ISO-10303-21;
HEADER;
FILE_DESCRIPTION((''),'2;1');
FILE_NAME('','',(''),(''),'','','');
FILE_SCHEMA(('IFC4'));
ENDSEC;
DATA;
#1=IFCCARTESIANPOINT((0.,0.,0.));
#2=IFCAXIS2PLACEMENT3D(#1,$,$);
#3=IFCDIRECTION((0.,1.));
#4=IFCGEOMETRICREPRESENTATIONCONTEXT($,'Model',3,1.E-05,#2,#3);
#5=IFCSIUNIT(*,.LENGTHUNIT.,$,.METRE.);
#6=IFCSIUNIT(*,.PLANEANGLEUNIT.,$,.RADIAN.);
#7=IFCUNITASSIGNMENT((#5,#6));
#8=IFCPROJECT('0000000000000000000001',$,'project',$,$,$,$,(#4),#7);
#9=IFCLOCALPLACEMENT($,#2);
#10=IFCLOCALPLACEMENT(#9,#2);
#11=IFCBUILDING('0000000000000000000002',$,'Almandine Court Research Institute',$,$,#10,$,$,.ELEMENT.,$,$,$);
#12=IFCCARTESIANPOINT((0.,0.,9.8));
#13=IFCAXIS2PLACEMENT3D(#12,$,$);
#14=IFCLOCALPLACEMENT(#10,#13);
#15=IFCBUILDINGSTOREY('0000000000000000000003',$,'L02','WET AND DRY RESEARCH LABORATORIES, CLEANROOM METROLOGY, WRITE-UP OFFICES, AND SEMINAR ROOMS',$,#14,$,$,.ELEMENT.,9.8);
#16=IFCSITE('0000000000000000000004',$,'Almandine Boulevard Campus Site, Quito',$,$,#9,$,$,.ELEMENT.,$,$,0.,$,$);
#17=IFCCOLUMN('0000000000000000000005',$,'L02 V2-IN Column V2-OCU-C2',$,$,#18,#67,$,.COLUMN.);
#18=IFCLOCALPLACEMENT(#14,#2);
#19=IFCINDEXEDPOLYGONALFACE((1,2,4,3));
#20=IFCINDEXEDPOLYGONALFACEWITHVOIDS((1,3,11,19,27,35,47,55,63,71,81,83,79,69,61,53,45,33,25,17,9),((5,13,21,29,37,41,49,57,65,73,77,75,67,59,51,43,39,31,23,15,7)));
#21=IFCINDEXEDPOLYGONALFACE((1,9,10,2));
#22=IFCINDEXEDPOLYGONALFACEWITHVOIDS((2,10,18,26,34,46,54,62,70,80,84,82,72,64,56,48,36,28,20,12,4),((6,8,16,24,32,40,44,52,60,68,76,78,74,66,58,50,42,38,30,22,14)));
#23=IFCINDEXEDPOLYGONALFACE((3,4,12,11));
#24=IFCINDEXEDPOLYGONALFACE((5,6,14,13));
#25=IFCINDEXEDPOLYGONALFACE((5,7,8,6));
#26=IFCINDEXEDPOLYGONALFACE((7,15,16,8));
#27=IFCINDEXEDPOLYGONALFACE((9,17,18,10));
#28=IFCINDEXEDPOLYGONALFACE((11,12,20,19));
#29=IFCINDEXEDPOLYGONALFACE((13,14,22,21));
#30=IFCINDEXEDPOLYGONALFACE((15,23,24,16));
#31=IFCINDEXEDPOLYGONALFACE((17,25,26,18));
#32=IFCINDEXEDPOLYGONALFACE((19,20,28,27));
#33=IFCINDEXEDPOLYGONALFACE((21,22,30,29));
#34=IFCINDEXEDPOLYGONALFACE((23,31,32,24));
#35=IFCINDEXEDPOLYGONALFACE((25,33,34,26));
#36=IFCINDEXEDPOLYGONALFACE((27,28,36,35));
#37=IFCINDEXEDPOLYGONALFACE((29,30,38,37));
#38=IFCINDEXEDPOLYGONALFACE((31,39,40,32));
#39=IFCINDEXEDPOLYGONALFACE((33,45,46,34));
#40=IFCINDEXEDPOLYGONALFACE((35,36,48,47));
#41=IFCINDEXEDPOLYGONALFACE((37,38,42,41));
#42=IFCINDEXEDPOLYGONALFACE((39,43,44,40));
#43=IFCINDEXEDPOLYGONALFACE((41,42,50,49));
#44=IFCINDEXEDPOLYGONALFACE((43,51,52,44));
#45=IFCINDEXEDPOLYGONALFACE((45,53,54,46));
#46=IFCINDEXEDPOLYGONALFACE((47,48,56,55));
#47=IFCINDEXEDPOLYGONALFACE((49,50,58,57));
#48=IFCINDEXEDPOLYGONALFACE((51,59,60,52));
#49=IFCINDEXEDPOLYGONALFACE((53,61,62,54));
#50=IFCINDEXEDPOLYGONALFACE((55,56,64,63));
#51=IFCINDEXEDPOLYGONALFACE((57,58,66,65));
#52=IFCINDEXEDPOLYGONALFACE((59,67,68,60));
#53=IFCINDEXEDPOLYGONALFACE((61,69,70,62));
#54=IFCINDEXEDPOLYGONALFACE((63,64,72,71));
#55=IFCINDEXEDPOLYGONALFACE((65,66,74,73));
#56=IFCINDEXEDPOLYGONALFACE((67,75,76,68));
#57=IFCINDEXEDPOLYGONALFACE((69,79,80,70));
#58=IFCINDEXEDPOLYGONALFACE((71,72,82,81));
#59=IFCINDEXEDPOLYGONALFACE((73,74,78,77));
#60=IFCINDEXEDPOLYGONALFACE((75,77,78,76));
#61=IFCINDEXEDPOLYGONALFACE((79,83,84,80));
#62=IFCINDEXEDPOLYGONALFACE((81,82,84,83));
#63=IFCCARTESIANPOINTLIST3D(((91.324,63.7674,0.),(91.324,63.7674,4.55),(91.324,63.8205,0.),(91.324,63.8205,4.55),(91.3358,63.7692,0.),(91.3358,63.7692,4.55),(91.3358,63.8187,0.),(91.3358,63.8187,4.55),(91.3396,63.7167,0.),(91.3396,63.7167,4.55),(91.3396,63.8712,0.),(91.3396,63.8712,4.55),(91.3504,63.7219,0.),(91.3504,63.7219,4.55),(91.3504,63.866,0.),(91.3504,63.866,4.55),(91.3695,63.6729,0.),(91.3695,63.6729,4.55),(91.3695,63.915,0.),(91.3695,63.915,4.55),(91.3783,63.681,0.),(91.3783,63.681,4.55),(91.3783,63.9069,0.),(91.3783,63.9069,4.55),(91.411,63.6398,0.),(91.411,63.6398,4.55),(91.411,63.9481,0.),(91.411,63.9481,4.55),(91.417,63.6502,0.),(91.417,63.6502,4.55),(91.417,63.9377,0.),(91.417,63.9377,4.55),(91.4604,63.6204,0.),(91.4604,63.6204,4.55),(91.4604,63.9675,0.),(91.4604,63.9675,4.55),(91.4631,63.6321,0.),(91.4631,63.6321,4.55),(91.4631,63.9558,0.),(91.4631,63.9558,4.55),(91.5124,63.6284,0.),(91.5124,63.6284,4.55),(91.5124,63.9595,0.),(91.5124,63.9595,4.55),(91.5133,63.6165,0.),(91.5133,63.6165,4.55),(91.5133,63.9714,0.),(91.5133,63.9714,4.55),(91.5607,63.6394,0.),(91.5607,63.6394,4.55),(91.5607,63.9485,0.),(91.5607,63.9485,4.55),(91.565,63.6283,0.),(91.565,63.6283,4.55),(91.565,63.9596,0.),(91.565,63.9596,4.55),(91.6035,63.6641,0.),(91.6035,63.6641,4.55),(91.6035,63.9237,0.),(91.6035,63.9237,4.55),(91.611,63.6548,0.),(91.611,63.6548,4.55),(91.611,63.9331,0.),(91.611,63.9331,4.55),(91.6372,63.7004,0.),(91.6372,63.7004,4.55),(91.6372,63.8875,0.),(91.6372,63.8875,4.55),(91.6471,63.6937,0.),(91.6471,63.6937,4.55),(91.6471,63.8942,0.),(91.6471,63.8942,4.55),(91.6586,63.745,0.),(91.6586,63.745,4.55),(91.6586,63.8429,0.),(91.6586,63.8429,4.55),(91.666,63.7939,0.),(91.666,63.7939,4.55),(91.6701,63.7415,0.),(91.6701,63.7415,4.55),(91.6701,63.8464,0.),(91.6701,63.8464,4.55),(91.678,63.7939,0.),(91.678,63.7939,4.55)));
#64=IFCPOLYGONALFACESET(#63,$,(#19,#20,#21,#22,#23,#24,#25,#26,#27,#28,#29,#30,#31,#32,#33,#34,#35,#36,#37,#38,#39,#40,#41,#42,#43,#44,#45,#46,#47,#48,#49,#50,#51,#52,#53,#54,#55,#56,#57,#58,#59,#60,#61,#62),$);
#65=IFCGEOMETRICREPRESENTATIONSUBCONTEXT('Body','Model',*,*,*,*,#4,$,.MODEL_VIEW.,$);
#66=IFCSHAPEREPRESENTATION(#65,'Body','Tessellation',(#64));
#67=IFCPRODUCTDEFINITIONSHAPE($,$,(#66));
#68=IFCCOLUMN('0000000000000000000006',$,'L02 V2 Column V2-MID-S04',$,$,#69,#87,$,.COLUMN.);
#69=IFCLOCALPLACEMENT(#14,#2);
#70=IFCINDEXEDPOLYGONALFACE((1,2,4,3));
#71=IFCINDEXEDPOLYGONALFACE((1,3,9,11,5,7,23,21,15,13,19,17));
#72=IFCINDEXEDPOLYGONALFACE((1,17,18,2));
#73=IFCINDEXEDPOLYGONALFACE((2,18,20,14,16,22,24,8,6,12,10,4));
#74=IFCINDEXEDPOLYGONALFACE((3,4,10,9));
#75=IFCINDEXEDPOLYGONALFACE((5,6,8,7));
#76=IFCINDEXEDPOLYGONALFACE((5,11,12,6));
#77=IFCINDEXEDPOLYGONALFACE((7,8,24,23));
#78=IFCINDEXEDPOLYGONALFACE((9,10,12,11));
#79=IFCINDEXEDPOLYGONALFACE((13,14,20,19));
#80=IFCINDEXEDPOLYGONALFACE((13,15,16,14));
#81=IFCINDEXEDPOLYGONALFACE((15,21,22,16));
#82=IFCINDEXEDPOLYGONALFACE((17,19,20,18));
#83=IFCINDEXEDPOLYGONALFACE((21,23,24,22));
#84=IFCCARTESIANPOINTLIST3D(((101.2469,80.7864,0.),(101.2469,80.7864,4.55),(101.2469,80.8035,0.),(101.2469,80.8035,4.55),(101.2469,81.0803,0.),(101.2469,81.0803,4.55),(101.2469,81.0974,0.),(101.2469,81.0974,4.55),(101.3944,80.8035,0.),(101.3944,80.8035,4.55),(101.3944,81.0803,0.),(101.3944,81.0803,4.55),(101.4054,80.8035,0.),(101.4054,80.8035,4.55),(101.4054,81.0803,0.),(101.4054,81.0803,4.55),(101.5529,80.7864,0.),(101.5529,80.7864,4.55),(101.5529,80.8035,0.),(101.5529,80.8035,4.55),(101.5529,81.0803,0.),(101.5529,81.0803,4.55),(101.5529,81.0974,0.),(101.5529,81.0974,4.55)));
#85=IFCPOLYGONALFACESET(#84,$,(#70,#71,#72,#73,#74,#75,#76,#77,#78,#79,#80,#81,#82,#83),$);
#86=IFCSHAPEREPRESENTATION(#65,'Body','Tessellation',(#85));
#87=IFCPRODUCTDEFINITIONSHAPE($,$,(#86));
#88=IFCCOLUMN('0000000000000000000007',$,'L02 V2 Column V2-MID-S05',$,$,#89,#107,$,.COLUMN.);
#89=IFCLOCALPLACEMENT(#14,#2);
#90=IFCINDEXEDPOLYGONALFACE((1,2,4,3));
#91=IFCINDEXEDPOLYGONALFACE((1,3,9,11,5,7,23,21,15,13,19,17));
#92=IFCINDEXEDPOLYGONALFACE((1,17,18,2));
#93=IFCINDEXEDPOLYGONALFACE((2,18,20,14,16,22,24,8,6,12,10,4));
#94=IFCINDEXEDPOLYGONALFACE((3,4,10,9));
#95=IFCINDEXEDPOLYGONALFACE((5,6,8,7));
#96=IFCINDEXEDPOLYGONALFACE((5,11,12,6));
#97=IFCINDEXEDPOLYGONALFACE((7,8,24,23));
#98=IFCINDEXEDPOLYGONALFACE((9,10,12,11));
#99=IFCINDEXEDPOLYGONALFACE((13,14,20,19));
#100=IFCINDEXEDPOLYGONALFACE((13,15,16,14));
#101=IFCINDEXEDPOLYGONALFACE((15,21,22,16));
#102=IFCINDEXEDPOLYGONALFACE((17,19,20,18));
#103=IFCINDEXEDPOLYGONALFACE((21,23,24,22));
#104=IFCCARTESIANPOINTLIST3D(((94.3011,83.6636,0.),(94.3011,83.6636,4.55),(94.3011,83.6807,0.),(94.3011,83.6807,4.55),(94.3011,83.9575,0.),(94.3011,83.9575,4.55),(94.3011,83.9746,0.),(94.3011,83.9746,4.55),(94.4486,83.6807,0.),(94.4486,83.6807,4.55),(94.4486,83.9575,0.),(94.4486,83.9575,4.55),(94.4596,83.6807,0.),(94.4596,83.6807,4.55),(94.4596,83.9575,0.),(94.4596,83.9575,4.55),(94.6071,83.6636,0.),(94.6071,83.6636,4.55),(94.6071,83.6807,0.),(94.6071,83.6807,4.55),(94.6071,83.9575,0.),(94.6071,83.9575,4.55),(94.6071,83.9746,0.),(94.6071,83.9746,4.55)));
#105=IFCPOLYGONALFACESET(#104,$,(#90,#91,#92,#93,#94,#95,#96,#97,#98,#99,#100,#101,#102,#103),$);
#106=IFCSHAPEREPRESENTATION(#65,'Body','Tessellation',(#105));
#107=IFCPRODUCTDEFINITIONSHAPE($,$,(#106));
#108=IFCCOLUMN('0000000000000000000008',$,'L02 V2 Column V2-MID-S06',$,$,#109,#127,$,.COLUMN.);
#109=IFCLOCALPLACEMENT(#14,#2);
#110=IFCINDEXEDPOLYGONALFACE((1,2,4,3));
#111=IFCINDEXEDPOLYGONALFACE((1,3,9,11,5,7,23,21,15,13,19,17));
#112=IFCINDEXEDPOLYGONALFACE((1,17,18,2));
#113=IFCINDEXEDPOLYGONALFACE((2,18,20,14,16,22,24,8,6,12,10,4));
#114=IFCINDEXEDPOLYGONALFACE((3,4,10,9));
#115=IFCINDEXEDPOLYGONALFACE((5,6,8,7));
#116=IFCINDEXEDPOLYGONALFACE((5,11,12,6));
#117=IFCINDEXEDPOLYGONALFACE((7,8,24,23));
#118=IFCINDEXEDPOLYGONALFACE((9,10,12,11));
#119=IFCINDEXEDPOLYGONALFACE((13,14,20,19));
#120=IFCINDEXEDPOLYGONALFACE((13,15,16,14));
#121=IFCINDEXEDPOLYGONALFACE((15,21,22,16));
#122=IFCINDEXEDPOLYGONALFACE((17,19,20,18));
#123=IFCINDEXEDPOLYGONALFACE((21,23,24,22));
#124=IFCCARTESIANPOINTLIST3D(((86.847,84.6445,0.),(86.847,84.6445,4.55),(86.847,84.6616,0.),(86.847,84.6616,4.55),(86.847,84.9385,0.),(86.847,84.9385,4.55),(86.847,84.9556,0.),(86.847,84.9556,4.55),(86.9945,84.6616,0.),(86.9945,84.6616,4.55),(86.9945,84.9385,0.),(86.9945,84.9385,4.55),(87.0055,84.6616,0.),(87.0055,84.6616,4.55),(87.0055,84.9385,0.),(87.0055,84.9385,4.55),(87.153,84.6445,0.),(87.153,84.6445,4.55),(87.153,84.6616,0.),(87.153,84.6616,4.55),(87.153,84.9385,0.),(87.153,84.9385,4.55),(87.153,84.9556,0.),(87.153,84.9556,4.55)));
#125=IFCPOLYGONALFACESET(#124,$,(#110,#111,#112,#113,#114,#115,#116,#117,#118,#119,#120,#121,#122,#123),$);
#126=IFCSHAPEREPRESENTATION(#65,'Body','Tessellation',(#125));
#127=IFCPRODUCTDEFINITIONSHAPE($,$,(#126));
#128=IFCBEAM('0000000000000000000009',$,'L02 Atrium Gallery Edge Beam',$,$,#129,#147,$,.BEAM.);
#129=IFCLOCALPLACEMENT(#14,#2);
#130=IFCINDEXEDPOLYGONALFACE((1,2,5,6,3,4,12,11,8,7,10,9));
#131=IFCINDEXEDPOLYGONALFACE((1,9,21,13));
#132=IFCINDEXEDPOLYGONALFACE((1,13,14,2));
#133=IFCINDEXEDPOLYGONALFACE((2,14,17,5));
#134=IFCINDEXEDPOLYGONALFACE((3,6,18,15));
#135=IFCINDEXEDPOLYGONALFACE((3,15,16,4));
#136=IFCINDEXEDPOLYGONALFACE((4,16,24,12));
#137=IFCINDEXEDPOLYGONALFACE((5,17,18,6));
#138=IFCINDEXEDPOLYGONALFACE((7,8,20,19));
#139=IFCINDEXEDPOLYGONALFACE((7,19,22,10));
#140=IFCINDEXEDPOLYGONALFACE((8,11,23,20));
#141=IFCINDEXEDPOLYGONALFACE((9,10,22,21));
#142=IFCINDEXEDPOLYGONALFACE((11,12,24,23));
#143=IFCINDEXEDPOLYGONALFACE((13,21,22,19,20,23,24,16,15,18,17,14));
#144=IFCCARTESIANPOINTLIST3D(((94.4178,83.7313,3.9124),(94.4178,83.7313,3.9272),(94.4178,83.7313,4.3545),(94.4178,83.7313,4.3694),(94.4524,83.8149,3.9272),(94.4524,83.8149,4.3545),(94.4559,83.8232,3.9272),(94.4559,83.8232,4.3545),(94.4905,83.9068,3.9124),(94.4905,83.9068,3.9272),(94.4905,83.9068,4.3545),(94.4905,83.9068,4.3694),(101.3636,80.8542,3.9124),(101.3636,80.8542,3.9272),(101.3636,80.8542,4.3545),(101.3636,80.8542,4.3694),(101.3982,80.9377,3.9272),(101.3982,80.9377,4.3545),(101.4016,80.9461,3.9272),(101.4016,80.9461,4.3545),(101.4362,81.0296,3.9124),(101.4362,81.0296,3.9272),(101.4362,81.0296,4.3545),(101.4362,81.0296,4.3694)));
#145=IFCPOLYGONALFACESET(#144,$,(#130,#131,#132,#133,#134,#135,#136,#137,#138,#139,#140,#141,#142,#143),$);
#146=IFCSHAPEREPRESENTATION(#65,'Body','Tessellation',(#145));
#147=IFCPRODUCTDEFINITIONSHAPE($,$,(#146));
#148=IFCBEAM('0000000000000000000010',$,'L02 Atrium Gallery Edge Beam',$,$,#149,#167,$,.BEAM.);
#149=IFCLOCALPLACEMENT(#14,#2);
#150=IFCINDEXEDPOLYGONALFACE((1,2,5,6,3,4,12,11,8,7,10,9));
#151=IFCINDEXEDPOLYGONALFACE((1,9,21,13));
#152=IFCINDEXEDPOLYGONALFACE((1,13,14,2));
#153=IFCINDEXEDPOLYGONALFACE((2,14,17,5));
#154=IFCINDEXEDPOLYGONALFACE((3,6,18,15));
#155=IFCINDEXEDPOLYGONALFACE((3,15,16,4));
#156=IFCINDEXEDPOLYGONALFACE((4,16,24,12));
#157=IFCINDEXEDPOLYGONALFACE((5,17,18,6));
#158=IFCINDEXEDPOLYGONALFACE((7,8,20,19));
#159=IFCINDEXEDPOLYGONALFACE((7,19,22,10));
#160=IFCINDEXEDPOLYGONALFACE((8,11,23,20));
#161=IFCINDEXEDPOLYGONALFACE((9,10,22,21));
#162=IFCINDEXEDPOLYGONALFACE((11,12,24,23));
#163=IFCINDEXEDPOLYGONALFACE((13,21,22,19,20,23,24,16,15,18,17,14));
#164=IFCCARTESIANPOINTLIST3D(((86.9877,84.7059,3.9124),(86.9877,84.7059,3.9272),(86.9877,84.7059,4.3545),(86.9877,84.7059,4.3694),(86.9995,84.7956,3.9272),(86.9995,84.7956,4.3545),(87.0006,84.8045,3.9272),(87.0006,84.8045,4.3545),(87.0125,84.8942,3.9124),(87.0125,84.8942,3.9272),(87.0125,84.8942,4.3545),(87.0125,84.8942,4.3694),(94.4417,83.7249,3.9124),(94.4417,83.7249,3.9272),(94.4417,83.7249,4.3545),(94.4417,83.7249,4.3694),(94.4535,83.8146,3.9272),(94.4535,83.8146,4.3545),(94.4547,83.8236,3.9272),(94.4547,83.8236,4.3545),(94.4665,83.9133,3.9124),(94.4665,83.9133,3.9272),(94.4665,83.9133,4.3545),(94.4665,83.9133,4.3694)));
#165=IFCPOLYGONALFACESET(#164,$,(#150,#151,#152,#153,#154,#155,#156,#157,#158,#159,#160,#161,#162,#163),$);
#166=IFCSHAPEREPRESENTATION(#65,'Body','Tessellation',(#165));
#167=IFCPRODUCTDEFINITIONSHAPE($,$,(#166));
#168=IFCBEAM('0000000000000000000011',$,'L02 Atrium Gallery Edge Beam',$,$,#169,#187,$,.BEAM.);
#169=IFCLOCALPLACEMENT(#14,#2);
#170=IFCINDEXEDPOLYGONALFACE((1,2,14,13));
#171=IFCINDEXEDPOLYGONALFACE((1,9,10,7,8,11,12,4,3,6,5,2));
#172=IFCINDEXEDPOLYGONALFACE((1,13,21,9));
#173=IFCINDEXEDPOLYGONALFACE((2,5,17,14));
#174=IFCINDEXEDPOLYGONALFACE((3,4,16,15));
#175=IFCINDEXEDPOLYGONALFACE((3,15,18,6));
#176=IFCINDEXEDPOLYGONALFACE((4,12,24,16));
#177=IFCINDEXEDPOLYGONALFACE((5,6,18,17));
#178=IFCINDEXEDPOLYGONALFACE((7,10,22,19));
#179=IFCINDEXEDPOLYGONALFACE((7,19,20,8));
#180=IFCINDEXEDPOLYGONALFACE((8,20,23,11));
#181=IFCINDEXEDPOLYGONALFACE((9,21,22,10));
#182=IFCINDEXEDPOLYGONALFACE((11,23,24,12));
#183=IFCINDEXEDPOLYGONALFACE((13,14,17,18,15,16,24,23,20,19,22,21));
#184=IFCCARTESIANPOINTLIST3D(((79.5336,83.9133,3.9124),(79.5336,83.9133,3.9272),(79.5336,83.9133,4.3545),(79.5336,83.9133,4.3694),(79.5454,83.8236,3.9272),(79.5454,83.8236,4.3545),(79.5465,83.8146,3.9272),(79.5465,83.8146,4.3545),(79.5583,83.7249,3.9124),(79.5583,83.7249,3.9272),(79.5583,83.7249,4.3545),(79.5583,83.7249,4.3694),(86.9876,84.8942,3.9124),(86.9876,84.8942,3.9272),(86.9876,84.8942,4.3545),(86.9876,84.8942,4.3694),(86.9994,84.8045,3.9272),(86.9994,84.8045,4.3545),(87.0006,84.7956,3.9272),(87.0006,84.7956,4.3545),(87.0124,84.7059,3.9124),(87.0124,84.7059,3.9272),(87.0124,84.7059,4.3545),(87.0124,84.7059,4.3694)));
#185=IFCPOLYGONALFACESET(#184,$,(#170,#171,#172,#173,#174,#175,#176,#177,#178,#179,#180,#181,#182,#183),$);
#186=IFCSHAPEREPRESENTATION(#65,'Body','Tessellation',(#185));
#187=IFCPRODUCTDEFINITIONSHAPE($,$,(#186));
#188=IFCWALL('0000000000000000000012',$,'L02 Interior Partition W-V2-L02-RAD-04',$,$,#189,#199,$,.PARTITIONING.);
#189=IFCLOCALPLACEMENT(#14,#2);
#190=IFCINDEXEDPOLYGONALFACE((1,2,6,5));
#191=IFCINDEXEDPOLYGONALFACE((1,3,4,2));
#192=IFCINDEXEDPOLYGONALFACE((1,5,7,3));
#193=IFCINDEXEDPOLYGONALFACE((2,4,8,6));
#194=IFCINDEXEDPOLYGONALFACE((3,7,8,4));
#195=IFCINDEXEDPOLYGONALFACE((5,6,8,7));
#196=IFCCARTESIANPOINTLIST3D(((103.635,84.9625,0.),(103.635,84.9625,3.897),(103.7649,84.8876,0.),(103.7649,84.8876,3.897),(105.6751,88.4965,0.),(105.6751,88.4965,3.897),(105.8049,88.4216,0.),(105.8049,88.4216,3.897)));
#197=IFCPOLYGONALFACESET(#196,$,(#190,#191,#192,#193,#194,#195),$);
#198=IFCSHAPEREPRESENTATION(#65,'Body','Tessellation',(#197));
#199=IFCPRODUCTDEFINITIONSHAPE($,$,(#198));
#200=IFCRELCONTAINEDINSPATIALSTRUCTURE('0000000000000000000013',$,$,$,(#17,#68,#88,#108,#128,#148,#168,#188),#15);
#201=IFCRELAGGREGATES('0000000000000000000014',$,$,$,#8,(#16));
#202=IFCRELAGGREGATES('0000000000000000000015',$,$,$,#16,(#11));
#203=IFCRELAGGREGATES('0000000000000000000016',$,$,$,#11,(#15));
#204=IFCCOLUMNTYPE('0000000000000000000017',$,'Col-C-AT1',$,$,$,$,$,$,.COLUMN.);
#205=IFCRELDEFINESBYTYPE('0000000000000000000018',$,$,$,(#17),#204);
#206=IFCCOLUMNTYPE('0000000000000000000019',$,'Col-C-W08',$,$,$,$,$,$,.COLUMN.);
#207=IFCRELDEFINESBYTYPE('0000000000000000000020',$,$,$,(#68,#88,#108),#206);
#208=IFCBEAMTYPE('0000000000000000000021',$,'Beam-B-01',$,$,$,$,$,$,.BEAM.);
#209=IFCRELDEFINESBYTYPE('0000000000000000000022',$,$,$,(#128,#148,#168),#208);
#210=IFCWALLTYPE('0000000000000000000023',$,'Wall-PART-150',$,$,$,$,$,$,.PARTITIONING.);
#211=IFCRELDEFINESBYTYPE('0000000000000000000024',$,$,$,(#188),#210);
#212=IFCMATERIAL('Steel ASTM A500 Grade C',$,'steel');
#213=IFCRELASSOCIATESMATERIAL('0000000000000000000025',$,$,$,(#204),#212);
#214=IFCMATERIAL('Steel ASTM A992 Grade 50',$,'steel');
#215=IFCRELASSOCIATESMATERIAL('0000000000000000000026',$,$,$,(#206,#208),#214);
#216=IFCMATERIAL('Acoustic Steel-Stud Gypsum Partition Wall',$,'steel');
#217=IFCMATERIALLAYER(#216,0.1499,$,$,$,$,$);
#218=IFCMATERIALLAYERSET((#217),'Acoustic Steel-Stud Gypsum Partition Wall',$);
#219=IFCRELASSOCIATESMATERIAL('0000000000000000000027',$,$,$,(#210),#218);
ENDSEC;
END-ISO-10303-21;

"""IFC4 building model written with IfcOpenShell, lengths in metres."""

from ifc_helpers import new_model, si_unit, direction, frame, frame_2d, origin, origin_2d, place, context, subcontext, project, spatial, rectangle, hollow_circle, i_section, extrude, material, layer, layer_set, material_profile, profile_set, type_object, element, save


model = new_model("IFC4")

# Units and contexts
model_context = context("Model", 3, precision=1e-05, world=origin(), true_north=direction((0.0, 1.0)))
body_context = subcontext(model_context, "Body", "Model", "MODEL_VIEW")
ifc_project = project(units=[si_unit("LENGTHUNIT", "METRE"), si_unit("PLANEANGLEUNIT", "RADIAN")], contexts=[model_context])

# Site, building, storey
site_placement = place(None, origin())
site = spatial("IfcSite", under=ifc_project, at=site_placement, Name="Almandine Boulevard Campus Site, Quito", CompositionType="ELEMENT", RefElevation=0.0)
building_placement = place(site_placement, origin())
building = spatial("IfcBuilding", under=site, at=building_placement, Name="Almandine Court Research Institute", CompositionType="ELEMENT")
storey_placement = place(building_placement, frame((0.0, 0.0, 9.8)))
storey = spatial("IfcBuildingStorey", under=building, at=storey_placement, Name="L02", Description="WET AND DRY RESEARCH LABORATORIES, CLEANROOM METROLOGY, WRITE-UP OFFICES, AND SEMINAR ROOMS", CompositionType="ELEMENT", Elevation=9.8)

# Columns
ifc_material_1 = material(Name="Steel ASTM A500 Grade C", Category="steel")
ifc_material_profile_1 = material_profile(ifc_material_1, hollow_circle(Radius=0.178, WallThickness=0.012, at=origin_2d()), Name="CHS 356x12")
ifc_profile_set_1 = profile_set([ifc_material_profile_1], Name="Steel ASTM A500 Grade C")
column_type_1 = type_object("IfcColumnType", Name="Col-C-AT1", PredefinedType="COLUMN", material=ifc_profile_set_1)
column_placement = place(storey_placement, frame((91.5, 63.7939, 0.0), z_axis=(0.0, 0.0, 1.0), x_axis=(1.0, 0.0, 0.0)))
element("IfcColumn", 1, at=column_placement, inside=storey, type_object=column_type_1, Name="L02 V2-IN Column V2-OCU-C2", PredefinedType="COLUMN", context=body_context, shape_type="SweptSolid", body=[
    extrude(hollow_circle(Radius=0.178, WallThickness=0.012, at=origin_2d()), origin(), (0.0, 0.0, 1.0), 4.55),
])
ifc_material_2 = material(Name="Steel ASTM A992 Grade 50", Category="steel")
ifc_material_profile_2 = material_profile(ifc_material_2, i_section(OverallWidth=0.3059, OverallDepth=0.311, WebThickness=0.011, FlangeThickness=0.0171, at=origin_2d()), Name="W310x107")
ifc_profile_set_2 = profile_set([ifc_material_profile_2], Name="Steel ASTM A992 Grade 50")
column_type_2 = type_object("IfcColumnType", Name="Col-C-W08", PredefinedType="COLUMN", material=ifc_profile_set_2)
for number, where, z_axis, x_axis, name in (
    (2, (101.3999, 80.9419, 0.0), (0.0, 0.0, 1.0), (1.0, 0.0, 0.0), "L02 V2 Column V2-MID-S04"),
    (3, (94.4541, 83.8191, 0.0), (0.0, 0.0, 1.0), (1.0, 0.0, 0.0), "L02 V2 Column V2-MID-S05"),
    (4, (87.0, 84.8, 0.0), (0.0, 0.0, 1.0), (1.0, 0.0, 0.0), "L02 V2 Column V2-MID-S06"),
):
    element("IfcColumn", number, at=place(storey_placement, frame(where, z_axis=z_axis, x_axis=x_axis)), inside=storey, type_object=column_type_2, Name=name, PredefinedType="COLUMN", context=body_context, shape_type="SweptSolid", body=[
        extrude(i_section(OverallWidth=0.3059, OverallDepth=0.311, WebThickness=0.011, FlangeThickness=0.0171, at=origin_2d()), origin(), (0.0, 0.0, 1.0), 4.55),
    ])

# Beams
ifc_material_profile_3 = material_profile(ifc_material_2, i_section(OverallWidth=0.1899, OverallDepth=0.457, WebThickness=0.009, FlangeThickness=0.0149, at=origin_2d()), Name="W460x74")
ifc_profile_set_3 = profile_set([ifc_material_profile_3], Name="Steel ASTM A992 Grade 50")
beam_type = type_object("IfcBeamType", Name="Beam-B-01", PredefinedType="BEAM", material=ifc_profile_set_3)
beam_placement = place(storey_placement, frame((101.3999, 80.9419, 4.1409), z_axis=(-0.923872, 0.382701, 0.0), x_axis=(-0.382701, -0.923872, 0.0)))
element("IfcBeam", 5, at=beam_placement, inside=storey, type_object=beam_type, Name="L02 Atrium Gallery Edge Beam", PredefinedType="BEAM", context=body_context, shape_type="SweptSolid", body=[
    extrude(i_section(OverallWidth=0.1899, OverallDepth=0.457, WebThickness=0.009, FlangeThickness=0.0149, at=origin_2d()), origin(), (0.0, 0.0, 1.0), 7.5181),
])
for number, where, z_axis, x_axis, name in (
    (6, (94.4541, 83.8191, 4.1409), (-0.991452, 0.130475, 0.0), (-0.130475, -0.991452, 0.0), "L02 Atrium Gallery Edge Beam"),
    (7, (87.0, 84.8, 4.1409), (-0.991452, -0.130475, 0.0), (0.130475, -0.991452, 0.0), "L02 Atrium Gallery Edge Beam"),
):
    element("IfcBeam", number, at=place(storey_placement, frame(where, z_axis=z_axis, x_axis=x_axis)), inside=storey, type_object=beam_type, Name=name, PredefinedType="BEAM", context=body_context, shape_type="SweptSolid", body=[
        extrude(i_section(OverallWidth=0.1899, OverallDepth=0.457, WebThickness=0.009, FlangeThickness=0.0149, at=origin_2d()), origin(), (0.0, 0.0, 1.0), 7.5183),
    ])

# Wall
ifc_material_3 = material(Name="Acoustic Steel-Stud Gypsum Partition Wall", Category="steel")
ifc_layer = layer(ifc_material_3, 0.1499)
ifc_layer_set = layer_set([ifc_layer], Name="Acoustic Steel-Stud Gypsum Partition Wall")
wall_type = type_object("IfcWallType", Name="Wall-PART-150", PredefinedType="PARTITIONING", material=ifc_layer_set)
wall_placement = place(storey_placement, frame((103.7, 84.925, 0.0), z_axis=(0.0, 0.0, 1.0), x_axis=(0.499949, 0.866055, 0.0)))
element("IfcWall", 8, at=wall_placement, inside=storey, type_object=wall_type, Name="L02 Interior Partition W-V2-L02-RAD-04", PredefinedType="PARTITIONING", context=body_context, shape_type="SweptSolid", body=[
    extrude(rectangle(XDim=4.0806, YDim=0.1499, at=frame_2d((2.0403, 0.0))), origin(), (0.0, 0.0, 1.0), 3.897),
])

save(model, "model.ifc")
